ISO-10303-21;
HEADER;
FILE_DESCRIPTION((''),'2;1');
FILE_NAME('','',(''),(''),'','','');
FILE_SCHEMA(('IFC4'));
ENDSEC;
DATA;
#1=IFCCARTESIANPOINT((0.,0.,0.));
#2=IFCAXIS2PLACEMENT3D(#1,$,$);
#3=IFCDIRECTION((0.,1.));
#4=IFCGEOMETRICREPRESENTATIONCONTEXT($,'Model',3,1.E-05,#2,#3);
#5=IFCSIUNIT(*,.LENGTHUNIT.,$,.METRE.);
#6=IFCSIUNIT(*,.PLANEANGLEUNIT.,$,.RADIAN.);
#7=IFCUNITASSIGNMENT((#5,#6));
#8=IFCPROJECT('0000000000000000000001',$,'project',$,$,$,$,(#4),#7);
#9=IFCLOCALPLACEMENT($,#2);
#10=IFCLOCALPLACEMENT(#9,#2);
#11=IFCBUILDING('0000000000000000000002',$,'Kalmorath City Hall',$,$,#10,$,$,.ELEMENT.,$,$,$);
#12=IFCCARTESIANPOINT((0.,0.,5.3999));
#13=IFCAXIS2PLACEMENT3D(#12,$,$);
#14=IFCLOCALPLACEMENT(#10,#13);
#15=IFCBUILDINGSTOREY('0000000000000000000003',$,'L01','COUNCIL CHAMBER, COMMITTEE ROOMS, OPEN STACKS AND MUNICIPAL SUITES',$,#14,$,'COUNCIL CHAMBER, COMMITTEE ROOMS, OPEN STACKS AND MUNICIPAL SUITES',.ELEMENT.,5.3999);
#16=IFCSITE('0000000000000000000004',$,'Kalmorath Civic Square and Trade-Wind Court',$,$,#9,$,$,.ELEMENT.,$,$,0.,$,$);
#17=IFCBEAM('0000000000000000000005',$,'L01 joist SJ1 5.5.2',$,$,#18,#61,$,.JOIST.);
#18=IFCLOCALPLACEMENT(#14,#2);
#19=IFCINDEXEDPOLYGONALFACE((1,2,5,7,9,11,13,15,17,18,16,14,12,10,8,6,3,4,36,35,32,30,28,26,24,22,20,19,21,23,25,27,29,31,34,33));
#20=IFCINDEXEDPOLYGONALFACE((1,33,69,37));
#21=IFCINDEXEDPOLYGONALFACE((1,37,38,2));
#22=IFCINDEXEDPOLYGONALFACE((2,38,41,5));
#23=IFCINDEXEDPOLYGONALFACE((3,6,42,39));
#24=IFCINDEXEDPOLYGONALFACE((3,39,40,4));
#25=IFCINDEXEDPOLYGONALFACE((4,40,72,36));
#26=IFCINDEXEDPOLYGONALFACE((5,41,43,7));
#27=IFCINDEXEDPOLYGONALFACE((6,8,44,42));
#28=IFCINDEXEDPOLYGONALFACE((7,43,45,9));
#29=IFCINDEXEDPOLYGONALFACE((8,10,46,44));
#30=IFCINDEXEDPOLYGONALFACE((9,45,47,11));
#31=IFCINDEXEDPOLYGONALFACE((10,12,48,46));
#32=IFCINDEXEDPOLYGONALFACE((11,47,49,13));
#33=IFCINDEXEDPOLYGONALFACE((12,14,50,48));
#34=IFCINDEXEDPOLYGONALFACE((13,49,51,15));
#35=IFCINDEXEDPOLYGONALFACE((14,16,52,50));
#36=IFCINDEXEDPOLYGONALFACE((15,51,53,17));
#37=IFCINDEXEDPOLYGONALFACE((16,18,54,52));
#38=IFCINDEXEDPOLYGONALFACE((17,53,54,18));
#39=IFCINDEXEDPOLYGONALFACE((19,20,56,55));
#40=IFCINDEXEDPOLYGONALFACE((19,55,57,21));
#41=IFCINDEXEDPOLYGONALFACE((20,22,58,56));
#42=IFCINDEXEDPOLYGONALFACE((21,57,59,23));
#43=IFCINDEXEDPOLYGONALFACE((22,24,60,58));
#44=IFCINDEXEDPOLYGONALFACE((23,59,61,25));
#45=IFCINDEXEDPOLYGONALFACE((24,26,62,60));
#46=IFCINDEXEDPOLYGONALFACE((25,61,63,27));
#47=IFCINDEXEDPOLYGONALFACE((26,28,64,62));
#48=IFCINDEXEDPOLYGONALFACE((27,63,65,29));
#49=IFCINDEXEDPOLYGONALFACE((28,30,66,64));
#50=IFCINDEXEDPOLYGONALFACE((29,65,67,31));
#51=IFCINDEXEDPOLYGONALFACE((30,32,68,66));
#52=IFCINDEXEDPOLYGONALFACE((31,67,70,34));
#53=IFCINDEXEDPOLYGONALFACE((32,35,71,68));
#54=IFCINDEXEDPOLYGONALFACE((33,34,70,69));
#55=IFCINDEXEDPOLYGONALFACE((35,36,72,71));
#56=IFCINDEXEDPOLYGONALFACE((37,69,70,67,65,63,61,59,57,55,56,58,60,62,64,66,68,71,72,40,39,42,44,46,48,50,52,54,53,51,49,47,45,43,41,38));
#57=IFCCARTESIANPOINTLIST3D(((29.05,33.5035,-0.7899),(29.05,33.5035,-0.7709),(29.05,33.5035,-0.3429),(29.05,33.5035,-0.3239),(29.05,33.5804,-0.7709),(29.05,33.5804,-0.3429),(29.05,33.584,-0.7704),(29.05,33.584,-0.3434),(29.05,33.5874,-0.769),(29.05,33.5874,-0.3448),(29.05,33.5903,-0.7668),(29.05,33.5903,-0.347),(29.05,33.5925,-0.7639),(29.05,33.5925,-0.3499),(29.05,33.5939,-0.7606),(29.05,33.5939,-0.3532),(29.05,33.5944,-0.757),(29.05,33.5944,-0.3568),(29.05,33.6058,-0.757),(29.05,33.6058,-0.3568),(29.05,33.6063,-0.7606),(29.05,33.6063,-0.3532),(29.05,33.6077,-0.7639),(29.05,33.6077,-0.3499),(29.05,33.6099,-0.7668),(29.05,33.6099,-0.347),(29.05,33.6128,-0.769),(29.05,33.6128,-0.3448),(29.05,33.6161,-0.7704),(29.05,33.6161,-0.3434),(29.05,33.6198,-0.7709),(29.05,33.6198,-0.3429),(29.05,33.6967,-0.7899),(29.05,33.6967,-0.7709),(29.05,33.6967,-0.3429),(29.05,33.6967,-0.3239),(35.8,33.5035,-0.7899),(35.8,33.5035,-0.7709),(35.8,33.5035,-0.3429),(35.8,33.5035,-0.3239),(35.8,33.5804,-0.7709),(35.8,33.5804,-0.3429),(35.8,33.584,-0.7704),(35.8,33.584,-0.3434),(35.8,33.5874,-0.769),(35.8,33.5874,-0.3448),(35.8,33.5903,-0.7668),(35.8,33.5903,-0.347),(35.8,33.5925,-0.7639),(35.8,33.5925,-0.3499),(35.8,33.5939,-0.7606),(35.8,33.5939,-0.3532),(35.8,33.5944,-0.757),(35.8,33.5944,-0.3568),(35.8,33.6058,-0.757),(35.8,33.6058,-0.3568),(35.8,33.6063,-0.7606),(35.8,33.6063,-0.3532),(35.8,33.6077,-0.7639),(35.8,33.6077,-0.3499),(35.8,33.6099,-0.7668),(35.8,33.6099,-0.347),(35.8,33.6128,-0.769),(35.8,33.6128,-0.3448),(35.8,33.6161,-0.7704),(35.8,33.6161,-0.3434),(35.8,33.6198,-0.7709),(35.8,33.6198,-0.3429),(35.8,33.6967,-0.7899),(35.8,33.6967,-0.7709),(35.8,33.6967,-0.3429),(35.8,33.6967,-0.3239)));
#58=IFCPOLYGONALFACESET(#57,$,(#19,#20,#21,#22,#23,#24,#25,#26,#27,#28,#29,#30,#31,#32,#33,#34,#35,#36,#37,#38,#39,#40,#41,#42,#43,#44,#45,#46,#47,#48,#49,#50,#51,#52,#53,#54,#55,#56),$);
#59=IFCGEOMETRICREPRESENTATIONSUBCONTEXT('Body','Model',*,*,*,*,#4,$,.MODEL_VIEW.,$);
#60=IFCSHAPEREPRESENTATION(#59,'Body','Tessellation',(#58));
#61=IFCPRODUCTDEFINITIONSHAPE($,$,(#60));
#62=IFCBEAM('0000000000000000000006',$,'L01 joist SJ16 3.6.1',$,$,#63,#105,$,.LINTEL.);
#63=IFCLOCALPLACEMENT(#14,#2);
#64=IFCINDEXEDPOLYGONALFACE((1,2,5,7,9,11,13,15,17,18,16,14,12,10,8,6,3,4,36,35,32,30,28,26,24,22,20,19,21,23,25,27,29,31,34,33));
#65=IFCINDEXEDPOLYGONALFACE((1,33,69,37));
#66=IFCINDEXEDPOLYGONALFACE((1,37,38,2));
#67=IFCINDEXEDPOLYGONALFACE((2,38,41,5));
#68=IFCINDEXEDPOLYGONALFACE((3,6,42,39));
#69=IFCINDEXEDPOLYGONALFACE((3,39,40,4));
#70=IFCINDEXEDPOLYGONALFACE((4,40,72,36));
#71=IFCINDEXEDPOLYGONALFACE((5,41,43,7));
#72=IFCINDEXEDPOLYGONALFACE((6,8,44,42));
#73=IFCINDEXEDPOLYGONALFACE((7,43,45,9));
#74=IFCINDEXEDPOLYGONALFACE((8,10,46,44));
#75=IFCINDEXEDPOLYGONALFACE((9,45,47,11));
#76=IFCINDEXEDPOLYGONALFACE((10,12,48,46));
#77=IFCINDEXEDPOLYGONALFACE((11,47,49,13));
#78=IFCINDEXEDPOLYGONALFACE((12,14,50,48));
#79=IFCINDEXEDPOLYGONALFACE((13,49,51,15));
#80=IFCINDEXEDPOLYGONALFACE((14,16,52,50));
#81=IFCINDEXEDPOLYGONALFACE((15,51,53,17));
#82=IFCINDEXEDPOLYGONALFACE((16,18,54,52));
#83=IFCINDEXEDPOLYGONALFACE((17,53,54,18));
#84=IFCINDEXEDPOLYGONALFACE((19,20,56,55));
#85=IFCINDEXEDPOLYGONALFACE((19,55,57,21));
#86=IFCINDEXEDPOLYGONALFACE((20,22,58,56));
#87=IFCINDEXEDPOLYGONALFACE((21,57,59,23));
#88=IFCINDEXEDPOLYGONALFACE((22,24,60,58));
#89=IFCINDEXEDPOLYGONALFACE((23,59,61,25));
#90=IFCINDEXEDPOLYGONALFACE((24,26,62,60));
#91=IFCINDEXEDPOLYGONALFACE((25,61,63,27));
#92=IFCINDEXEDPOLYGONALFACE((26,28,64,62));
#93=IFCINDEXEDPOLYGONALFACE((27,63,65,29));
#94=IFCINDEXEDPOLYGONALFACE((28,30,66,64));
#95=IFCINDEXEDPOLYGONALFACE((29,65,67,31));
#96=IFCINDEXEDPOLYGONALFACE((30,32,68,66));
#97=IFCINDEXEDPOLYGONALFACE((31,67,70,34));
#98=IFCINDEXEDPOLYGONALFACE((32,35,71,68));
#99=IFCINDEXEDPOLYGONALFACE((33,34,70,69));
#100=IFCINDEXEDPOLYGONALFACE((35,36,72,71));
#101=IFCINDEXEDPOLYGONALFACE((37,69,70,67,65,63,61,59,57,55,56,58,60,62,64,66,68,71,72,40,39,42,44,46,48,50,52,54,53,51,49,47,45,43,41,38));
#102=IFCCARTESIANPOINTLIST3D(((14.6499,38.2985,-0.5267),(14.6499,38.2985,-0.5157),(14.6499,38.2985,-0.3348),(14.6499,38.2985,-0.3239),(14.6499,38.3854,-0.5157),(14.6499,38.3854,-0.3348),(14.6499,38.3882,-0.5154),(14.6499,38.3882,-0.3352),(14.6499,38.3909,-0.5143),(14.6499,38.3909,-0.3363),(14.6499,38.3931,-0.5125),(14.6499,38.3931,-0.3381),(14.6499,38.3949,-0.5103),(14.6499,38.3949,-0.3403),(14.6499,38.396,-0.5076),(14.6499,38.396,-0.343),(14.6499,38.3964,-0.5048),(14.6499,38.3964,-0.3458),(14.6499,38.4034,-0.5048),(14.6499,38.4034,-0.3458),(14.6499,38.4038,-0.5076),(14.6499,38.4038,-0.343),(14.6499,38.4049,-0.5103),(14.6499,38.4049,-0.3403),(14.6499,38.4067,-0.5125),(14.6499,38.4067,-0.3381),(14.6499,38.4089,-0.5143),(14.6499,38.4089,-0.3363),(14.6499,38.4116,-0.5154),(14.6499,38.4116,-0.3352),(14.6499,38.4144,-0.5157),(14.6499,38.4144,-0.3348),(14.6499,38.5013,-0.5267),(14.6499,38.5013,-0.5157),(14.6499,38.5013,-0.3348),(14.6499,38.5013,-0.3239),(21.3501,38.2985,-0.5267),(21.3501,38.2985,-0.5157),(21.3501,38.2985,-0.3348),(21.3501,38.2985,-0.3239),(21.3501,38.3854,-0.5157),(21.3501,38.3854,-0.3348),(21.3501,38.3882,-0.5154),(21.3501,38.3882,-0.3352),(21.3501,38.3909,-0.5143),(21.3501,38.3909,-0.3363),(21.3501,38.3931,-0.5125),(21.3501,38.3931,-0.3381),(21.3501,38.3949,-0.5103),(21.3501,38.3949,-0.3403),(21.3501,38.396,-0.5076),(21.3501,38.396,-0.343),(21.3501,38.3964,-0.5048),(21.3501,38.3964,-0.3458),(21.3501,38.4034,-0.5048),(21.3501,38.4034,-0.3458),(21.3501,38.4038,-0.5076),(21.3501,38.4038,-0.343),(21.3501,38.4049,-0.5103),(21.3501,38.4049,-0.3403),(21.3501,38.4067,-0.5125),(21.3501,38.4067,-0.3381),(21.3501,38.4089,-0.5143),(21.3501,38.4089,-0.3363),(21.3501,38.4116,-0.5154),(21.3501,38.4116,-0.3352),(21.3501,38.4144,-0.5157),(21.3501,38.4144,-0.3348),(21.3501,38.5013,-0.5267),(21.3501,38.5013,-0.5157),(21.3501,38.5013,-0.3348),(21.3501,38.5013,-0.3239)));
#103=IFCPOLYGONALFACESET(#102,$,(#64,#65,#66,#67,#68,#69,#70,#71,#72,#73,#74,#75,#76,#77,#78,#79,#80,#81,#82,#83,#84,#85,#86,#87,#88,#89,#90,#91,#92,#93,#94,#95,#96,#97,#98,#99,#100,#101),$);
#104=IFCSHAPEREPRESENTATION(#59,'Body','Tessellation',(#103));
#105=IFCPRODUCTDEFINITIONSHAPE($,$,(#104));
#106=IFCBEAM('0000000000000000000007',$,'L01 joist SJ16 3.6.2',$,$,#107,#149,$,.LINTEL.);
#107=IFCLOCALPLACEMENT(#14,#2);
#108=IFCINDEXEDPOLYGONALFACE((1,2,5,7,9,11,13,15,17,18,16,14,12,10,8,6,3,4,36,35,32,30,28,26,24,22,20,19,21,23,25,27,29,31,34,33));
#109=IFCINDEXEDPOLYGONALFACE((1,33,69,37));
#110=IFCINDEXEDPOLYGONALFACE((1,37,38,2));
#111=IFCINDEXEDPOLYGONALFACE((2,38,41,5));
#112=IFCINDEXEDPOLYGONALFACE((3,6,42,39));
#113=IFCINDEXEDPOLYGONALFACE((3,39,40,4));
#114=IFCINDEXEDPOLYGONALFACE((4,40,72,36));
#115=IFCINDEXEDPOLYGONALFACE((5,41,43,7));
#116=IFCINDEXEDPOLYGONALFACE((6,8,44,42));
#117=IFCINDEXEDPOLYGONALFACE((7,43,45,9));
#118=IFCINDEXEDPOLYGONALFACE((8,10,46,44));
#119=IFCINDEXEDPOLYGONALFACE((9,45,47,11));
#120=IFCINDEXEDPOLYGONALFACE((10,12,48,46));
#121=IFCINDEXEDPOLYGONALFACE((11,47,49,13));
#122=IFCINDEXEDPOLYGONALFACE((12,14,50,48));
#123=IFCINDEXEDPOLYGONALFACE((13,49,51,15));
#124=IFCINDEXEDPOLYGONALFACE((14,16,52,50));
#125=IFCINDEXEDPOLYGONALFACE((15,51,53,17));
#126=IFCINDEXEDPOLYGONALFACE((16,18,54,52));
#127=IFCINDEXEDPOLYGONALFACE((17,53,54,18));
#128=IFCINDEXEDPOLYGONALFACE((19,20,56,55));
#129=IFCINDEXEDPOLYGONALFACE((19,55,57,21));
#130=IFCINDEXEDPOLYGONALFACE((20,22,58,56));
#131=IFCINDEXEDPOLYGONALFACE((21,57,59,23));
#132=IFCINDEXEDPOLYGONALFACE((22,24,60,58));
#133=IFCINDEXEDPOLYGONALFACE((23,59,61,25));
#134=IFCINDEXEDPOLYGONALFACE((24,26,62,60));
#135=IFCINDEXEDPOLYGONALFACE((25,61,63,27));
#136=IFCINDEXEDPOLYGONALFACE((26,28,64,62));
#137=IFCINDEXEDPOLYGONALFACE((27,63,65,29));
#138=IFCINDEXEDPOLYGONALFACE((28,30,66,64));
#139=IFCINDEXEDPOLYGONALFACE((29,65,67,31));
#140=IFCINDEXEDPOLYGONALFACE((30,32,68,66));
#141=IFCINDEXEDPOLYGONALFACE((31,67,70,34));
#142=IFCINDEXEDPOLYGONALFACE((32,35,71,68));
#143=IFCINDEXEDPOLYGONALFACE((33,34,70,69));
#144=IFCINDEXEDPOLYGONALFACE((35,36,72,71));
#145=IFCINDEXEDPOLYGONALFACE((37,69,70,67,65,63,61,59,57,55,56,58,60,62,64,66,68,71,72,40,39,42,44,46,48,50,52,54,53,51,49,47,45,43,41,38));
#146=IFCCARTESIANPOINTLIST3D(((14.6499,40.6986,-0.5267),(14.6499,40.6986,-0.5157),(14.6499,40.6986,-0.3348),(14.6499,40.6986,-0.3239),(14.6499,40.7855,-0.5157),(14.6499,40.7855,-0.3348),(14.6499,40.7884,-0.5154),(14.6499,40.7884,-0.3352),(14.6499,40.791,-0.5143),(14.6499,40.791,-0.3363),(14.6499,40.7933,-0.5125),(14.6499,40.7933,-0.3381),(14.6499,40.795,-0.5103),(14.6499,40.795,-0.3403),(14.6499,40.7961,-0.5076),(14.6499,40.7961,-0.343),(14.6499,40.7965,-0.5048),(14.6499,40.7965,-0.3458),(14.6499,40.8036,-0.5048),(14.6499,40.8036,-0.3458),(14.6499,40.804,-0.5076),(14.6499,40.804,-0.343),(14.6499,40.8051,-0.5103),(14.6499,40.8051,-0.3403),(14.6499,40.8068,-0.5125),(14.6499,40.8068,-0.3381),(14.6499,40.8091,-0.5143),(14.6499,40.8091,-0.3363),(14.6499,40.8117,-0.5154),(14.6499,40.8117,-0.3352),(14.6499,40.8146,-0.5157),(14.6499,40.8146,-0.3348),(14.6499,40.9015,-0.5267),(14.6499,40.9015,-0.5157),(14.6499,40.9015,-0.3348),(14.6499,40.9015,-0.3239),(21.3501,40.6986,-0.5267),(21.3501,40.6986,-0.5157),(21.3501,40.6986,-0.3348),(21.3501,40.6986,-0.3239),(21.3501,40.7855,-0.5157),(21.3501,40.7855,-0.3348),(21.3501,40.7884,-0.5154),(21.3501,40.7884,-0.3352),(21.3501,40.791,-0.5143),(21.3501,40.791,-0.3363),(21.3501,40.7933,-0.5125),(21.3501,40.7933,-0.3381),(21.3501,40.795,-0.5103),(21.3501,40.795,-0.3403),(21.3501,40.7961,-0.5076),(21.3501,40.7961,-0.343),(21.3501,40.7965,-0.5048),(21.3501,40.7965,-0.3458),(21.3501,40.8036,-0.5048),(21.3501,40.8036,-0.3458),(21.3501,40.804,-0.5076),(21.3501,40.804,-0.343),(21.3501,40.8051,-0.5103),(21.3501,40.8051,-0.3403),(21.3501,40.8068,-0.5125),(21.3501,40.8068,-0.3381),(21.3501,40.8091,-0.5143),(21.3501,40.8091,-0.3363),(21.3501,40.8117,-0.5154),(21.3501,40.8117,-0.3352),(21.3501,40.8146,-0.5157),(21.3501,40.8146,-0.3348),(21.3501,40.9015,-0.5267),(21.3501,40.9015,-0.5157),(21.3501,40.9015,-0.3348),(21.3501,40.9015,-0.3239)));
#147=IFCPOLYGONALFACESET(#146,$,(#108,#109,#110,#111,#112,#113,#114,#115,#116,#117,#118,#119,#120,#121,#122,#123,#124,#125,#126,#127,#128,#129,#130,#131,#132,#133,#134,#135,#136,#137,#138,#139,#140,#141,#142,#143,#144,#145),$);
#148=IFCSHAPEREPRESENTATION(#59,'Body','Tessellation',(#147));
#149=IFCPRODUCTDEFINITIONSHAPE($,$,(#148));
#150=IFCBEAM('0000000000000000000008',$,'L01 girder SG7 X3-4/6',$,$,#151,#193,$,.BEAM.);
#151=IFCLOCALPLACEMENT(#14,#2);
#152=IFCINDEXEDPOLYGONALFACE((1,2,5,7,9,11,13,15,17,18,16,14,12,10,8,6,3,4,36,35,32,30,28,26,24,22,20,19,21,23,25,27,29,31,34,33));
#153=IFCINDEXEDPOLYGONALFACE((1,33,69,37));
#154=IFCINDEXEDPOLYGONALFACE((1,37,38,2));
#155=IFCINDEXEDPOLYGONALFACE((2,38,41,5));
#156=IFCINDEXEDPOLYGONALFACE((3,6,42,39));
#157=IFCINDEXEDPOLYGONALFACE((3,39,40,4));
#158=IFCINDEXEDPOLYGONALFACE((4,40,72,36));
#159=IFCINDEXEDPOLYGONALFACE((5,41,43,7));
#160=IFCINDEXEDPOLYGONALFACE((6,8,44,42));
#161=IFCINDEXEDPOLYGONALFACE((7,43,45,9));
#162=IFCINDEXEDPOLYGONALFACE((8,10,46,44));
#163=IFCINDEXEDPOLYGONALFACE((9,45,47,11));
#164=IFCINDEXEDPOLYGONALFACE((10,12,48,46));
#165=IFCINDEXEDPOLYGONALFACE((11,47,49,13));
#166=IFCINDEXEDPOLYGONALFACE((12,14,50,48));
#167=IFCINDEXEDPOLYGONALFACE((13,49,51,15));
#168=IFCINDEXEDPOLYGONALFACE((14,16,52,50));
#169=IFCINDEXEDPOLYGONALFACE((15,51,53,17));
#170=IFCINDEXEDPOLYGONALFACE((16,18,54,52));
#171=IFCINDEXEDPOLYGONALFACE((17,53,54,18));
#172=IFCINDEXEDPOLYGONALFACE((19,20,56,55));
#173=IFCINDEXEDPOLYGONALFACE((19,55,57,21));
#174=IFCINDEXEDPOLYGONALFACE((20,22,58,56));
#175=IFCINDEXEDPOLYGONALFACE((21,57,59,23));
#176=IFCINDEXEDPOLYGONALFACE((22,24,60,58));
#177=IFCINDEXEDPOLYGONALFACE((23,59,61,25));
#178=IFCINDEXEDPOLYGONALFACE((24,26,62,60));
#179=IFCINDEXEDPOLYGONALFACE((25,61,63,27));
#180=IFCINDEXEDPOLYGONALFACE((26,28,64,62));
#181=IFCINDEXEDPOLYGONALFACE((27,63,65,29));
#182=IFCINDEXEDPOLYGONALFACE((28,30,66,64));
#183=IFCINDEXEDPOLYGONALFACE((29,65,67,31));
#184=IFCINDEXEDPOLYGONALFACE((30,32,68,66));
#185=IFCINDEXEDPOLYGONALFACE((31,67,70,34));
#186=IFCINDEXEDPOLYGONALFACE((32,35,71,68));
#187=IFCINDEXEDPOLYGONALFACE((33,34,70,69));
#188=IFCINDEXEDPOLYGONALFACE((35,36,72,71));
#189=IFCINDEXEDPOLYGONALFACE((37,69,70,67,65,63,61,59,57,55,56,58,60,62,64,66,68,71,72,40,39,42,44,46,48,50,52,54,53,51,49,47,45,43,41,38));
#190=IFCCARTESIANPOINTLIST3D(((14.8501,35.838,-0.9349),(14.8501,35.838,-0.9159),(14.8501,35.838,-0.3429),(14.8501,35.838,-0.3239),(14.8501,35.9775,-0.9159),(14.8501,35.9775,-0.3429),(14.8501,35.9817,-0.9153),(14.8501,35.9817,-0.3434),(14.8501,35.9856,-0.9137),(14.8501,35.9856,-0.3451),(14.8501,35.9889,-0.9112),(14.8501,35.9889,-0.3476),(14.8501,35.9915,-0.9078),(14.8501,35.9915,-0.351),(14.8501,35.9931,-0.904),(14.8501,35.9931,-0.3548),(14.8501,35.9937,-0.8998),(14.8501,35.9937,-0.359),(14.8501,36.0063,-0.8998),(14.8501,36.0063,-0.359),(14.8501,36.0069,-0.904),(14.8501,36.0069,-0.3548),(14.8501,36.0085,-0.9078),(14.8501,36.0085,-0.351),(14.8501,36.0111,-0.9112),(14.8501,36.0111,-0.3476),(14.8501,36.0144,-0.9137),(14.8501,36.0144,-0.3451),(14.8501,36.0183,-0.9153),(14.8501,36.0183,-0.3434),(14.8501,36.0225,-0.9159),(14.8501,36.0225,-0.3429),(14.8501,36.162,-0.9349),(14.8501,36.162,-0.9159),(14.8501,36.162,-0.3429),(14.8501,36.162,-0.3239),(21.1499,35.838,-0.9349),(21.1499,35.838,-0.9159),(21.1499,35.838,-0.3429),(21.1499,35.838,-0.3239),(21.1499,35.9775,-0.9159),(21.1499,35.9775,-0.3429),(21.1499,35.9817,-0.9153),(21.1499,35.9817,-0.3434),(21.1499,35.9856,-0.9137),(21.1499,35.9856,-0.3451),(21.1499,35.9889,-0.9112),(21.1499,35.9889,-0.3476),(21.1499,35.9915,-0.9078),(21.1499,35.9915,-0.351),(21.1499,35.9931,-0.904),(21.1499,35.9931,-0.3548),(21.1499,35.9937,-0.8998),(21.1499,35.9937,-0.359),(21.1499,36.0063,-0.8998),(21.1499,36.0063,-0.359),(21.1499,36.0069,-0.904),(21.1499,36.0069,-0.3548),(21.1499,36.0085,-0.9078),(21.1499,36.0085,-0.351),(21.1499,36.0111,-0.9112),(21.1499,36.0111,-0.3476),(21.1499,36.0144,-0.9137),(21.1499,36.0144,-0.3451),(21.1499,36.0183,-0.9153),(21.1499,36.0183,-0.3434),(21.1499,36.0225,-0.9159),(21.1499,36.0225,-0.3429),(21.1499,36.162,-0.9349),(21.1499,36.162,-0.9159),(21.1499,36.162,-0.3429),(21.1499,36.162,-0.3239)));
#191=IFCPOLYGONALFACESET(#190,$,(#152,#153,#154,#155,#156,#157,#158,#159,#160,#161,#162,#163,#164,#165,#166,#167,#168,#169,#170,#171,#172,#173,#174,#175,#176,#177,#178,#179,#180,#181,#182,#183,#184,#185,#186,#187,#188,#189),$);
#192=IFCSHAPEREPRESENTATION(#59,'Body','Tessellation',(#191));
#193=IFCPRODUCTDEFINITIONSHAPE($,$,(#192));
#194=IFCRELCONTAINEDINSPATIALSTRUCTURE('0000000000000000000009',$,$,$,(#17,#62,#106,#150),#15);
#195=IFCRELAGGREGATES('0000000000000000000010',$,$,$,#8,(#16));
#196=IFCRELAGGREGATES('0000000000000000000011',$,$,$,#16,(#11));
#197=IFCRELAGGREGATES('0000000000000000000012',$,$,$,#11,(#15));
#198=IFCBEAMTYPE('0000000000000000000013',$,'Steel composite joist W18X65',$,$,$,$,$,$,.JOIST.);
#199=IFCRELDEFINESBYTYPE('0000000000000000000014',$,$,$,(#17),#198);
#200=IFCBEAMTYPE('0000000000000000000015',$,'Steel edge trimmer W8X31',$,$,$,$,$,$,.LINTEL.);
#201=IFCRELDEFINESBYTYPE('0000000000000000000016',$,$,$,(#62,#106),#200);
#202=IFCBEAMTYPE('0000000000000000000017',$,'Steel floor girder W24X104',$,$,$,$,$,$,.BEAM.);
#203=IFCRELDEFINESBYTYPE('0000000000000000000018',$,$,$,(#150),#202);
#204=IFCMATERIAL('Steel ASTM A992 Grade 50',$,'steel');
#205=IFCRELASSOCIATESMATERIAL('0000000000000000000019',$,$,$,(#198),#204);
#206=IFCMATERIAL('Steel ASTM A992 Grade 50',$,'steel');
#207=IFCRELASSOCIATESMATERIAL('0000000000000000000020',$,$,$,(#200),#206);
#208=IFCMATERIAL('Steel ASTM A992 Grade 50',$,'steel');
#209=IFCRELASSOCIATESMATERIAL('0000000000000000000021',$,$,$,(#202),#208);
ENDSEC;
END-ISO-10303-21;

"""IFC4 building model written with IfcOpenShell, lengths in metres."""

from ifc_helpers import new_model, si_unit, direction, frame, origin, origin_2d, place, context, subcontext, project, spatial, i_section, extrude, material, material_profile, profile_set, type_object, element, save


model = new_model("IFC4")

# Units and contexts
model_context = context("Model", 3, precision=1e-05, world=origin(), true_north=direction((0.0, 1.0)))
body_context = subcontext(model_context, "Body", "Model", "MODEL_VIEW")
ifc_project = project(units=[si_unit("LENGTHUNIT", "METRE"), si_unit("PLANEANGLEUNIT", "RADIAN")], contexts=[model_context])

# Site, building, storey
site_placement = place(None, origin())
site = spatial("IfcSite", under=ifc_project, at=site_placement, Name="Kalmorath Civic Square and Trade-Wind Court", CompositionType="ELEMENT", RefElevation=0.0)
building_placement = place(site_placement, origin())
building = spatial("IfcBuilding", under=site, at=building_placement, Name="Kalmorath City Hall", CompositionType="ELEMENT")
storey_placement = place(building_placement, frame((0.0, 0.0, 5.3999)))
storey = spatial("IfcBuildingStorey", under=building, at=storey_placement, Name="L01", Description="COUNCIL CHAMBER, COMMITTEE ROOMS, OPEN STACKS AND MUNICIPAL SUITES", LongName="COUNCIL CHAMBER, COMMITTEE ROOMS, OPEN STACKS AND MUNICIPAL SUITES", CompositionType="ELEMENT", Elevation=5.3999)

# Beams
ifc_material_1 = material(Name="Steel ASTM A992 Grade 50", Category="steel")
ifc_material_profile_1 = material_profile(ifc_material_1, i_section(OverallWidth=0.1931, OverallDepth=0.4661, WebThickness=0.0115, FlangeThickness=0.019, FilletRadius=0.0139, at=origin_2d()), Name="W18X65")
ifc_profile_set_1 = profile_set([ifc_material_profile_1], Name="Steel ASTM A992 Grade 50")
beam_type_1 = type_object("IfcBeamType", Name="Steel composite joist W18X65", PredefinedType="JOIST", material=ifc_profile_set_1)
for number, where, z_axis, x_axis, name in (
    (1, (29.05, 33.6001, -0.5569), (1.0, 0.0, 0.0), (0.0, 1.0, 0.0), "L01 joist SJ1 5.5.2"),
):
    element("IfcBeam", number, at=place(storey_placement, frame(where, z_axis=z_axis, x_axis=x_axis)), inside=storey, type_object=beam_type_1, Name=name, PredefinedType="JOIST", context=body_context, shape_type="SweptSolid", body=[
        extrude(i_section(OverallWidth=0.1931, OverallDepth=0.4661, WebThickness=0.0115, FlangeThickness=0.019, FilletRadius=0.0139, at=origin_2d()), origin(), (0.0, 0.0, 1.0), 6.75),
    ])
ifc_material_2 = material(Name="Steel ASTM A992 Grade 50", Category="steel")
ifc_material_profile_2 = material_profile(ifc_material_2, i_section(OverallWidth=0.2029, OverallDepth=0.2029, WebThickness=0.0071, FlangeThickness=0.011, FilletRadius=0.011, at=origin_2d()), Name="W8X31")
ifc_profile_set_2 = profile_set([ifc_material_profile_2], Name="Steel ASTM A992 Grade 50")
beam_type_2 = type_object("IfcBeamType", Name="Steel edge trimmer W8X31", PredefinedType="LINTEL", material=ifc_profile_set_2)
for number, where, z_axis, x_axis, name in (
    (2, (14.6499, 38.3999, -0.4253), (1.0, 0.0, 0.0), (0.0, 1.0, 0.0), "L01 joist SJ16 3.6.1"),
    (3, (14.6499, 40.8, -0.4253), (1.0, 0.0, 0.0), (0.0, 1.0, 0.0), "L01 joist SJ16 3.6.2"),
):
    element("IfcBeam", number, at=place(storey_placement, frame(where, z_axis=z_axis, x_axis=x_axis)), inside=storey, type_object=beam_type_2, Name=name, PredefinedType="LINTEL", context=body_context, shape_type="SweptSolid", body=[
        extrude(i_section(OverallWidth=0.2029, OverallDepth=0.2029, WebThickness=0.0071, FlangeThickness=0.011, FilletRadius=0.011, at=origin_2d()), origin(), (0.0, 0.0, 1.0), 6.7002),
    ])
ifc_material_3 = material(Name="Steel ASTM A992 Grade 50", Category="steel")
ifc_material_profile_3 = material_profile(ifc_material_3, i_section(OverallWidth=0.324, OverallDepth=0.6111, WebThickness=0.0127, FlangeThickness=0.019, FilletRadius=0.0161, at=origin_2d()), Name="W24X104")
ifc_profile_set_3 = profile_set([ifc_material_profile_3], Name="Steel ASTM A992 Grade 50")
beam_type_3 = type_object("IfcBeamType", Name="Steel floor girder W24X104", PredefinedType="BEAM", material=ifc_profile_set_3)
beam_1_placement = place(storey_placement, frame((14.8501, 36.0, -0.6294), z_axis=(1.0, 0.0, 0.0), x_axis=(0.0, 1.0, 0.0)))
element("IfcBeam", 4, at=beam_1_placement, inside=storey, type_object=beam_type_3, Name="L01 girder SG7 X3-4/6", PredefinedType="BEAM", context=body_context, shape_type="SweptSolid", body=[
    extrude(i_section(OverallWidth=0.324, OverallDepth=0.6111, WebThickness=0.0127, FlangeThickness=0.019, FilletRadius=0.0161, at=origin_2d()), origin(), (0.0, 0.0, 1.0), 6.2998),
])

save(model, "model.ifc")
